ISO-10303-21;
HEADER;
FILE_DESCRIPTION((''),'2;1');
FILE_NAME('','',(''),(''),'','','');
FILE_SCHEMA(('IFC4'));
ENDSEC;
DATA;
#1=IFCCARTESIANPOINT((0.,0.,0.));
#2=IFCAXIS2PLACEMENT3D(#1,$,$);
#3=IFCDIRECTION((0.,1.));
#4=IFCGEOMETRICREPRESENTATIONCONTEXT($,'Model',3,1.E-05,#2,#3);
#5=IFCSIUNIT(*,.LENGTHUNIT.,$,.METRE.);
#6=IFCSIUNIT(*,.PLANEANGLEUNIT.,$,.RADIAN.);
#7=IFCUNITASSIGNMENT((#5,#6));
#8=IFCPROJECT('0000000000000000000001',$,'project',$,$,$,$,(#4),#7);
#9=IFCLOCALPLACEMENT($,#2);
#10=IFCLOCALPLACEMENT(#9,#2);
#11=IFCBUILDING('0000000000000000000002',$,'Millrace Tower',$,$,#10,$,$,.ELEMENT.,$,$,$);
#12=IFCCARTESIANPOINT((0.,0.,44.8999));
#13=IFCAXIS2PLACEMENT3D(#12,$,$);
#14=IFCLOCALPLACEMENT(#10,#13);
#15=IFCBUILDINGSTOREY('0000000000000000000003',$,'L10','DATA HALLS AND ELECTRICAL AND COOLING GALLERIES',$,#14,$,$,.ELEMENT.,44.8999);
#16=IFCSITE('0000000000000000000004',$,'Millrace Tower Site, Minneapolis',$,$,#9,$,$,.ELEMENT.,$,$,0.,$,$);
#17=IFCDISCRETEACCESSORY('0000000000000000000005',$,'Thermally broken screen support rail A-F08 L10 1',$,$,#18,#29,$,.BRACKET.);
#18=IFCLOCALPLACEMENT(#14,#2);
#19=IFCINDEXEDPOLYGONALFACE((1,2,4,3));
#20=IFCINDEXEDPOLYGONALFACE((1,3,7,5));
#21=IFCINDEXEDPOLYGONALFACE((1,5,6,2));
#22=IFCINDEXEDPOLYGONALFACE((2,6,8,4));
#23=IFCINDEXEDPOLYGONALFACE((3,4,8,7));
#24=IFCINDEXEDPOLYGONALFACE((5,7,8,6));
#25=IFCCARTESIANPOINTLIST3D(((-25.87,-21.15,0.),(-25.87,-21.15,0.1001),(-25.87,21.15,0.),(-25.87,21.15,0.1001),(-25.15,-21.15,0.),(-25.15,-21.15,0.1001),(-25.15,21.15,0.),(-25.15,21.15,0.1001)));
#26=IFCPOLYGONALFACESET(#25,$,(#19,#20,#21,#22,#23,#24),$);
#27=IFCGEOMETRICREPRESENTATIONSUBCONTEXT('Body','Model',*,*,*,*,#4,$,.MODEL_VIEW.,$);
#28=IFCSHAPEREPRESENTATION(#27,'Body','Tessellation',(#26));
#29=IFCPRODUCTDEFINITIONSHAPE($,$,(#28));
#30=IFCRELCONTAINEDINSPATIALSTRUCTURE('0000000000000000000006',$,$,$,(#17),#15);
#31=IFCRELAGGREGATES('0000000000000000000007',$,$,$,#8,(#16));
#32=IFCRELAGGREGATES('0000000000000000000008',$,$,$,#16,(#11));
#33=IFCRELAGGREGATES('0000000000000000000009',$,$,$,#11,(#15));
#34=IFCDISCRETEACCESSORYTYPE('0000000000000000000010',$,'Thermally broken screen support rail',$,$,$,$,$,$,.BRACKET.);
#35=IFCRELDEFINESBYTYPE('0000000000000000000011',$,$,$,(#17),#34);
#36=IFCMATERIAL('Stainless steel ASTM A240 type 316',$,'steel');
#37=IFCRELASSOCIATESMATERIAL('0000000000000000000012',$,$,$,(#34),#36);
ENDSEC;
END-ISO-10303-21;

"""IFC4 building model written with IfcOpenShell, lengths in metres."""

from ifc_helpers import new_model, si_unit, direction, frame, origin, origin_2d, place, context, subcontext, project, spatial, rectangle, extrude, material, type_object, element, save


model = new_model("IFC4")

# Units and contexts
model_context = context("Model", 3, precision=1e-05, world=origin(), true_north=direction((0.0, 1.0)))
body_context = subcontext(model_context, "Body", "Model", "MODEL_VIEW")
ifc_project = project(units=[si_unit("LENGTHUNIT", "METRE"), si_unit("PLANEANGLEUNIT", "RADIAN")], contexts=[model_context])

# Site, building, storey
site_placement = place(None, origin())
site = spatial("IfcSite", under=ifc_project, at=site_placement, Name="Millrace Tower Site, Minneapolis", CompositionType="ELEMENT", RefElevation=0.0)
building_placement = place(site_placement, origin())
building = spatial("IfcBuilding", under=site, at=building_placement, Name="Millrace Tower", CompositionType="ELEMENT")
storey_placement = place(building_placement, frame((0.0, 0.0, 44.8999)))
storey = spatial("IfcBuildingStorey", under=building, at=storey_placement, Name="L10", Description="DATA HALLS AND ELECTRICAL AND COOLING GALLERIES", CompositionType="ELEMENT", Elevation=44.8999)

# Discrete accessory
ifc_material_1 = material(Name="Stainless steel ASTM A240 type 316", Category="steel")
discrete_accessory_type = type_object("IfcDiscreteAccessoryType", Name="Thermally broken screen support rail", PredefinedType="BRACKET", material=ifc_material_1)
discrete_accessory_placement = place(storey_placement, frame((-25.51, 0.0, 0.0), z_axis=(0.0, 0.0, 1.0), x_axis=(0.0, -1.0, 0.0)))
element("IfcDiscreteAccessory", 1, at=discrete_accessory_placement, inside=storey, type_object=discrete_accessory_type, Name="Thermally broken screen support rail A-F08 L10 1", PredefinedType="BRACKET", context=body_context, shape_type="SweptSolid", body=[
    extrude(rectangle(XDim=42.3, YDim=0.72, at=origin_2d()), origin(), (0.0, 0.0, 1.0), 0.1001),
])

save(model, "model.ifc")
